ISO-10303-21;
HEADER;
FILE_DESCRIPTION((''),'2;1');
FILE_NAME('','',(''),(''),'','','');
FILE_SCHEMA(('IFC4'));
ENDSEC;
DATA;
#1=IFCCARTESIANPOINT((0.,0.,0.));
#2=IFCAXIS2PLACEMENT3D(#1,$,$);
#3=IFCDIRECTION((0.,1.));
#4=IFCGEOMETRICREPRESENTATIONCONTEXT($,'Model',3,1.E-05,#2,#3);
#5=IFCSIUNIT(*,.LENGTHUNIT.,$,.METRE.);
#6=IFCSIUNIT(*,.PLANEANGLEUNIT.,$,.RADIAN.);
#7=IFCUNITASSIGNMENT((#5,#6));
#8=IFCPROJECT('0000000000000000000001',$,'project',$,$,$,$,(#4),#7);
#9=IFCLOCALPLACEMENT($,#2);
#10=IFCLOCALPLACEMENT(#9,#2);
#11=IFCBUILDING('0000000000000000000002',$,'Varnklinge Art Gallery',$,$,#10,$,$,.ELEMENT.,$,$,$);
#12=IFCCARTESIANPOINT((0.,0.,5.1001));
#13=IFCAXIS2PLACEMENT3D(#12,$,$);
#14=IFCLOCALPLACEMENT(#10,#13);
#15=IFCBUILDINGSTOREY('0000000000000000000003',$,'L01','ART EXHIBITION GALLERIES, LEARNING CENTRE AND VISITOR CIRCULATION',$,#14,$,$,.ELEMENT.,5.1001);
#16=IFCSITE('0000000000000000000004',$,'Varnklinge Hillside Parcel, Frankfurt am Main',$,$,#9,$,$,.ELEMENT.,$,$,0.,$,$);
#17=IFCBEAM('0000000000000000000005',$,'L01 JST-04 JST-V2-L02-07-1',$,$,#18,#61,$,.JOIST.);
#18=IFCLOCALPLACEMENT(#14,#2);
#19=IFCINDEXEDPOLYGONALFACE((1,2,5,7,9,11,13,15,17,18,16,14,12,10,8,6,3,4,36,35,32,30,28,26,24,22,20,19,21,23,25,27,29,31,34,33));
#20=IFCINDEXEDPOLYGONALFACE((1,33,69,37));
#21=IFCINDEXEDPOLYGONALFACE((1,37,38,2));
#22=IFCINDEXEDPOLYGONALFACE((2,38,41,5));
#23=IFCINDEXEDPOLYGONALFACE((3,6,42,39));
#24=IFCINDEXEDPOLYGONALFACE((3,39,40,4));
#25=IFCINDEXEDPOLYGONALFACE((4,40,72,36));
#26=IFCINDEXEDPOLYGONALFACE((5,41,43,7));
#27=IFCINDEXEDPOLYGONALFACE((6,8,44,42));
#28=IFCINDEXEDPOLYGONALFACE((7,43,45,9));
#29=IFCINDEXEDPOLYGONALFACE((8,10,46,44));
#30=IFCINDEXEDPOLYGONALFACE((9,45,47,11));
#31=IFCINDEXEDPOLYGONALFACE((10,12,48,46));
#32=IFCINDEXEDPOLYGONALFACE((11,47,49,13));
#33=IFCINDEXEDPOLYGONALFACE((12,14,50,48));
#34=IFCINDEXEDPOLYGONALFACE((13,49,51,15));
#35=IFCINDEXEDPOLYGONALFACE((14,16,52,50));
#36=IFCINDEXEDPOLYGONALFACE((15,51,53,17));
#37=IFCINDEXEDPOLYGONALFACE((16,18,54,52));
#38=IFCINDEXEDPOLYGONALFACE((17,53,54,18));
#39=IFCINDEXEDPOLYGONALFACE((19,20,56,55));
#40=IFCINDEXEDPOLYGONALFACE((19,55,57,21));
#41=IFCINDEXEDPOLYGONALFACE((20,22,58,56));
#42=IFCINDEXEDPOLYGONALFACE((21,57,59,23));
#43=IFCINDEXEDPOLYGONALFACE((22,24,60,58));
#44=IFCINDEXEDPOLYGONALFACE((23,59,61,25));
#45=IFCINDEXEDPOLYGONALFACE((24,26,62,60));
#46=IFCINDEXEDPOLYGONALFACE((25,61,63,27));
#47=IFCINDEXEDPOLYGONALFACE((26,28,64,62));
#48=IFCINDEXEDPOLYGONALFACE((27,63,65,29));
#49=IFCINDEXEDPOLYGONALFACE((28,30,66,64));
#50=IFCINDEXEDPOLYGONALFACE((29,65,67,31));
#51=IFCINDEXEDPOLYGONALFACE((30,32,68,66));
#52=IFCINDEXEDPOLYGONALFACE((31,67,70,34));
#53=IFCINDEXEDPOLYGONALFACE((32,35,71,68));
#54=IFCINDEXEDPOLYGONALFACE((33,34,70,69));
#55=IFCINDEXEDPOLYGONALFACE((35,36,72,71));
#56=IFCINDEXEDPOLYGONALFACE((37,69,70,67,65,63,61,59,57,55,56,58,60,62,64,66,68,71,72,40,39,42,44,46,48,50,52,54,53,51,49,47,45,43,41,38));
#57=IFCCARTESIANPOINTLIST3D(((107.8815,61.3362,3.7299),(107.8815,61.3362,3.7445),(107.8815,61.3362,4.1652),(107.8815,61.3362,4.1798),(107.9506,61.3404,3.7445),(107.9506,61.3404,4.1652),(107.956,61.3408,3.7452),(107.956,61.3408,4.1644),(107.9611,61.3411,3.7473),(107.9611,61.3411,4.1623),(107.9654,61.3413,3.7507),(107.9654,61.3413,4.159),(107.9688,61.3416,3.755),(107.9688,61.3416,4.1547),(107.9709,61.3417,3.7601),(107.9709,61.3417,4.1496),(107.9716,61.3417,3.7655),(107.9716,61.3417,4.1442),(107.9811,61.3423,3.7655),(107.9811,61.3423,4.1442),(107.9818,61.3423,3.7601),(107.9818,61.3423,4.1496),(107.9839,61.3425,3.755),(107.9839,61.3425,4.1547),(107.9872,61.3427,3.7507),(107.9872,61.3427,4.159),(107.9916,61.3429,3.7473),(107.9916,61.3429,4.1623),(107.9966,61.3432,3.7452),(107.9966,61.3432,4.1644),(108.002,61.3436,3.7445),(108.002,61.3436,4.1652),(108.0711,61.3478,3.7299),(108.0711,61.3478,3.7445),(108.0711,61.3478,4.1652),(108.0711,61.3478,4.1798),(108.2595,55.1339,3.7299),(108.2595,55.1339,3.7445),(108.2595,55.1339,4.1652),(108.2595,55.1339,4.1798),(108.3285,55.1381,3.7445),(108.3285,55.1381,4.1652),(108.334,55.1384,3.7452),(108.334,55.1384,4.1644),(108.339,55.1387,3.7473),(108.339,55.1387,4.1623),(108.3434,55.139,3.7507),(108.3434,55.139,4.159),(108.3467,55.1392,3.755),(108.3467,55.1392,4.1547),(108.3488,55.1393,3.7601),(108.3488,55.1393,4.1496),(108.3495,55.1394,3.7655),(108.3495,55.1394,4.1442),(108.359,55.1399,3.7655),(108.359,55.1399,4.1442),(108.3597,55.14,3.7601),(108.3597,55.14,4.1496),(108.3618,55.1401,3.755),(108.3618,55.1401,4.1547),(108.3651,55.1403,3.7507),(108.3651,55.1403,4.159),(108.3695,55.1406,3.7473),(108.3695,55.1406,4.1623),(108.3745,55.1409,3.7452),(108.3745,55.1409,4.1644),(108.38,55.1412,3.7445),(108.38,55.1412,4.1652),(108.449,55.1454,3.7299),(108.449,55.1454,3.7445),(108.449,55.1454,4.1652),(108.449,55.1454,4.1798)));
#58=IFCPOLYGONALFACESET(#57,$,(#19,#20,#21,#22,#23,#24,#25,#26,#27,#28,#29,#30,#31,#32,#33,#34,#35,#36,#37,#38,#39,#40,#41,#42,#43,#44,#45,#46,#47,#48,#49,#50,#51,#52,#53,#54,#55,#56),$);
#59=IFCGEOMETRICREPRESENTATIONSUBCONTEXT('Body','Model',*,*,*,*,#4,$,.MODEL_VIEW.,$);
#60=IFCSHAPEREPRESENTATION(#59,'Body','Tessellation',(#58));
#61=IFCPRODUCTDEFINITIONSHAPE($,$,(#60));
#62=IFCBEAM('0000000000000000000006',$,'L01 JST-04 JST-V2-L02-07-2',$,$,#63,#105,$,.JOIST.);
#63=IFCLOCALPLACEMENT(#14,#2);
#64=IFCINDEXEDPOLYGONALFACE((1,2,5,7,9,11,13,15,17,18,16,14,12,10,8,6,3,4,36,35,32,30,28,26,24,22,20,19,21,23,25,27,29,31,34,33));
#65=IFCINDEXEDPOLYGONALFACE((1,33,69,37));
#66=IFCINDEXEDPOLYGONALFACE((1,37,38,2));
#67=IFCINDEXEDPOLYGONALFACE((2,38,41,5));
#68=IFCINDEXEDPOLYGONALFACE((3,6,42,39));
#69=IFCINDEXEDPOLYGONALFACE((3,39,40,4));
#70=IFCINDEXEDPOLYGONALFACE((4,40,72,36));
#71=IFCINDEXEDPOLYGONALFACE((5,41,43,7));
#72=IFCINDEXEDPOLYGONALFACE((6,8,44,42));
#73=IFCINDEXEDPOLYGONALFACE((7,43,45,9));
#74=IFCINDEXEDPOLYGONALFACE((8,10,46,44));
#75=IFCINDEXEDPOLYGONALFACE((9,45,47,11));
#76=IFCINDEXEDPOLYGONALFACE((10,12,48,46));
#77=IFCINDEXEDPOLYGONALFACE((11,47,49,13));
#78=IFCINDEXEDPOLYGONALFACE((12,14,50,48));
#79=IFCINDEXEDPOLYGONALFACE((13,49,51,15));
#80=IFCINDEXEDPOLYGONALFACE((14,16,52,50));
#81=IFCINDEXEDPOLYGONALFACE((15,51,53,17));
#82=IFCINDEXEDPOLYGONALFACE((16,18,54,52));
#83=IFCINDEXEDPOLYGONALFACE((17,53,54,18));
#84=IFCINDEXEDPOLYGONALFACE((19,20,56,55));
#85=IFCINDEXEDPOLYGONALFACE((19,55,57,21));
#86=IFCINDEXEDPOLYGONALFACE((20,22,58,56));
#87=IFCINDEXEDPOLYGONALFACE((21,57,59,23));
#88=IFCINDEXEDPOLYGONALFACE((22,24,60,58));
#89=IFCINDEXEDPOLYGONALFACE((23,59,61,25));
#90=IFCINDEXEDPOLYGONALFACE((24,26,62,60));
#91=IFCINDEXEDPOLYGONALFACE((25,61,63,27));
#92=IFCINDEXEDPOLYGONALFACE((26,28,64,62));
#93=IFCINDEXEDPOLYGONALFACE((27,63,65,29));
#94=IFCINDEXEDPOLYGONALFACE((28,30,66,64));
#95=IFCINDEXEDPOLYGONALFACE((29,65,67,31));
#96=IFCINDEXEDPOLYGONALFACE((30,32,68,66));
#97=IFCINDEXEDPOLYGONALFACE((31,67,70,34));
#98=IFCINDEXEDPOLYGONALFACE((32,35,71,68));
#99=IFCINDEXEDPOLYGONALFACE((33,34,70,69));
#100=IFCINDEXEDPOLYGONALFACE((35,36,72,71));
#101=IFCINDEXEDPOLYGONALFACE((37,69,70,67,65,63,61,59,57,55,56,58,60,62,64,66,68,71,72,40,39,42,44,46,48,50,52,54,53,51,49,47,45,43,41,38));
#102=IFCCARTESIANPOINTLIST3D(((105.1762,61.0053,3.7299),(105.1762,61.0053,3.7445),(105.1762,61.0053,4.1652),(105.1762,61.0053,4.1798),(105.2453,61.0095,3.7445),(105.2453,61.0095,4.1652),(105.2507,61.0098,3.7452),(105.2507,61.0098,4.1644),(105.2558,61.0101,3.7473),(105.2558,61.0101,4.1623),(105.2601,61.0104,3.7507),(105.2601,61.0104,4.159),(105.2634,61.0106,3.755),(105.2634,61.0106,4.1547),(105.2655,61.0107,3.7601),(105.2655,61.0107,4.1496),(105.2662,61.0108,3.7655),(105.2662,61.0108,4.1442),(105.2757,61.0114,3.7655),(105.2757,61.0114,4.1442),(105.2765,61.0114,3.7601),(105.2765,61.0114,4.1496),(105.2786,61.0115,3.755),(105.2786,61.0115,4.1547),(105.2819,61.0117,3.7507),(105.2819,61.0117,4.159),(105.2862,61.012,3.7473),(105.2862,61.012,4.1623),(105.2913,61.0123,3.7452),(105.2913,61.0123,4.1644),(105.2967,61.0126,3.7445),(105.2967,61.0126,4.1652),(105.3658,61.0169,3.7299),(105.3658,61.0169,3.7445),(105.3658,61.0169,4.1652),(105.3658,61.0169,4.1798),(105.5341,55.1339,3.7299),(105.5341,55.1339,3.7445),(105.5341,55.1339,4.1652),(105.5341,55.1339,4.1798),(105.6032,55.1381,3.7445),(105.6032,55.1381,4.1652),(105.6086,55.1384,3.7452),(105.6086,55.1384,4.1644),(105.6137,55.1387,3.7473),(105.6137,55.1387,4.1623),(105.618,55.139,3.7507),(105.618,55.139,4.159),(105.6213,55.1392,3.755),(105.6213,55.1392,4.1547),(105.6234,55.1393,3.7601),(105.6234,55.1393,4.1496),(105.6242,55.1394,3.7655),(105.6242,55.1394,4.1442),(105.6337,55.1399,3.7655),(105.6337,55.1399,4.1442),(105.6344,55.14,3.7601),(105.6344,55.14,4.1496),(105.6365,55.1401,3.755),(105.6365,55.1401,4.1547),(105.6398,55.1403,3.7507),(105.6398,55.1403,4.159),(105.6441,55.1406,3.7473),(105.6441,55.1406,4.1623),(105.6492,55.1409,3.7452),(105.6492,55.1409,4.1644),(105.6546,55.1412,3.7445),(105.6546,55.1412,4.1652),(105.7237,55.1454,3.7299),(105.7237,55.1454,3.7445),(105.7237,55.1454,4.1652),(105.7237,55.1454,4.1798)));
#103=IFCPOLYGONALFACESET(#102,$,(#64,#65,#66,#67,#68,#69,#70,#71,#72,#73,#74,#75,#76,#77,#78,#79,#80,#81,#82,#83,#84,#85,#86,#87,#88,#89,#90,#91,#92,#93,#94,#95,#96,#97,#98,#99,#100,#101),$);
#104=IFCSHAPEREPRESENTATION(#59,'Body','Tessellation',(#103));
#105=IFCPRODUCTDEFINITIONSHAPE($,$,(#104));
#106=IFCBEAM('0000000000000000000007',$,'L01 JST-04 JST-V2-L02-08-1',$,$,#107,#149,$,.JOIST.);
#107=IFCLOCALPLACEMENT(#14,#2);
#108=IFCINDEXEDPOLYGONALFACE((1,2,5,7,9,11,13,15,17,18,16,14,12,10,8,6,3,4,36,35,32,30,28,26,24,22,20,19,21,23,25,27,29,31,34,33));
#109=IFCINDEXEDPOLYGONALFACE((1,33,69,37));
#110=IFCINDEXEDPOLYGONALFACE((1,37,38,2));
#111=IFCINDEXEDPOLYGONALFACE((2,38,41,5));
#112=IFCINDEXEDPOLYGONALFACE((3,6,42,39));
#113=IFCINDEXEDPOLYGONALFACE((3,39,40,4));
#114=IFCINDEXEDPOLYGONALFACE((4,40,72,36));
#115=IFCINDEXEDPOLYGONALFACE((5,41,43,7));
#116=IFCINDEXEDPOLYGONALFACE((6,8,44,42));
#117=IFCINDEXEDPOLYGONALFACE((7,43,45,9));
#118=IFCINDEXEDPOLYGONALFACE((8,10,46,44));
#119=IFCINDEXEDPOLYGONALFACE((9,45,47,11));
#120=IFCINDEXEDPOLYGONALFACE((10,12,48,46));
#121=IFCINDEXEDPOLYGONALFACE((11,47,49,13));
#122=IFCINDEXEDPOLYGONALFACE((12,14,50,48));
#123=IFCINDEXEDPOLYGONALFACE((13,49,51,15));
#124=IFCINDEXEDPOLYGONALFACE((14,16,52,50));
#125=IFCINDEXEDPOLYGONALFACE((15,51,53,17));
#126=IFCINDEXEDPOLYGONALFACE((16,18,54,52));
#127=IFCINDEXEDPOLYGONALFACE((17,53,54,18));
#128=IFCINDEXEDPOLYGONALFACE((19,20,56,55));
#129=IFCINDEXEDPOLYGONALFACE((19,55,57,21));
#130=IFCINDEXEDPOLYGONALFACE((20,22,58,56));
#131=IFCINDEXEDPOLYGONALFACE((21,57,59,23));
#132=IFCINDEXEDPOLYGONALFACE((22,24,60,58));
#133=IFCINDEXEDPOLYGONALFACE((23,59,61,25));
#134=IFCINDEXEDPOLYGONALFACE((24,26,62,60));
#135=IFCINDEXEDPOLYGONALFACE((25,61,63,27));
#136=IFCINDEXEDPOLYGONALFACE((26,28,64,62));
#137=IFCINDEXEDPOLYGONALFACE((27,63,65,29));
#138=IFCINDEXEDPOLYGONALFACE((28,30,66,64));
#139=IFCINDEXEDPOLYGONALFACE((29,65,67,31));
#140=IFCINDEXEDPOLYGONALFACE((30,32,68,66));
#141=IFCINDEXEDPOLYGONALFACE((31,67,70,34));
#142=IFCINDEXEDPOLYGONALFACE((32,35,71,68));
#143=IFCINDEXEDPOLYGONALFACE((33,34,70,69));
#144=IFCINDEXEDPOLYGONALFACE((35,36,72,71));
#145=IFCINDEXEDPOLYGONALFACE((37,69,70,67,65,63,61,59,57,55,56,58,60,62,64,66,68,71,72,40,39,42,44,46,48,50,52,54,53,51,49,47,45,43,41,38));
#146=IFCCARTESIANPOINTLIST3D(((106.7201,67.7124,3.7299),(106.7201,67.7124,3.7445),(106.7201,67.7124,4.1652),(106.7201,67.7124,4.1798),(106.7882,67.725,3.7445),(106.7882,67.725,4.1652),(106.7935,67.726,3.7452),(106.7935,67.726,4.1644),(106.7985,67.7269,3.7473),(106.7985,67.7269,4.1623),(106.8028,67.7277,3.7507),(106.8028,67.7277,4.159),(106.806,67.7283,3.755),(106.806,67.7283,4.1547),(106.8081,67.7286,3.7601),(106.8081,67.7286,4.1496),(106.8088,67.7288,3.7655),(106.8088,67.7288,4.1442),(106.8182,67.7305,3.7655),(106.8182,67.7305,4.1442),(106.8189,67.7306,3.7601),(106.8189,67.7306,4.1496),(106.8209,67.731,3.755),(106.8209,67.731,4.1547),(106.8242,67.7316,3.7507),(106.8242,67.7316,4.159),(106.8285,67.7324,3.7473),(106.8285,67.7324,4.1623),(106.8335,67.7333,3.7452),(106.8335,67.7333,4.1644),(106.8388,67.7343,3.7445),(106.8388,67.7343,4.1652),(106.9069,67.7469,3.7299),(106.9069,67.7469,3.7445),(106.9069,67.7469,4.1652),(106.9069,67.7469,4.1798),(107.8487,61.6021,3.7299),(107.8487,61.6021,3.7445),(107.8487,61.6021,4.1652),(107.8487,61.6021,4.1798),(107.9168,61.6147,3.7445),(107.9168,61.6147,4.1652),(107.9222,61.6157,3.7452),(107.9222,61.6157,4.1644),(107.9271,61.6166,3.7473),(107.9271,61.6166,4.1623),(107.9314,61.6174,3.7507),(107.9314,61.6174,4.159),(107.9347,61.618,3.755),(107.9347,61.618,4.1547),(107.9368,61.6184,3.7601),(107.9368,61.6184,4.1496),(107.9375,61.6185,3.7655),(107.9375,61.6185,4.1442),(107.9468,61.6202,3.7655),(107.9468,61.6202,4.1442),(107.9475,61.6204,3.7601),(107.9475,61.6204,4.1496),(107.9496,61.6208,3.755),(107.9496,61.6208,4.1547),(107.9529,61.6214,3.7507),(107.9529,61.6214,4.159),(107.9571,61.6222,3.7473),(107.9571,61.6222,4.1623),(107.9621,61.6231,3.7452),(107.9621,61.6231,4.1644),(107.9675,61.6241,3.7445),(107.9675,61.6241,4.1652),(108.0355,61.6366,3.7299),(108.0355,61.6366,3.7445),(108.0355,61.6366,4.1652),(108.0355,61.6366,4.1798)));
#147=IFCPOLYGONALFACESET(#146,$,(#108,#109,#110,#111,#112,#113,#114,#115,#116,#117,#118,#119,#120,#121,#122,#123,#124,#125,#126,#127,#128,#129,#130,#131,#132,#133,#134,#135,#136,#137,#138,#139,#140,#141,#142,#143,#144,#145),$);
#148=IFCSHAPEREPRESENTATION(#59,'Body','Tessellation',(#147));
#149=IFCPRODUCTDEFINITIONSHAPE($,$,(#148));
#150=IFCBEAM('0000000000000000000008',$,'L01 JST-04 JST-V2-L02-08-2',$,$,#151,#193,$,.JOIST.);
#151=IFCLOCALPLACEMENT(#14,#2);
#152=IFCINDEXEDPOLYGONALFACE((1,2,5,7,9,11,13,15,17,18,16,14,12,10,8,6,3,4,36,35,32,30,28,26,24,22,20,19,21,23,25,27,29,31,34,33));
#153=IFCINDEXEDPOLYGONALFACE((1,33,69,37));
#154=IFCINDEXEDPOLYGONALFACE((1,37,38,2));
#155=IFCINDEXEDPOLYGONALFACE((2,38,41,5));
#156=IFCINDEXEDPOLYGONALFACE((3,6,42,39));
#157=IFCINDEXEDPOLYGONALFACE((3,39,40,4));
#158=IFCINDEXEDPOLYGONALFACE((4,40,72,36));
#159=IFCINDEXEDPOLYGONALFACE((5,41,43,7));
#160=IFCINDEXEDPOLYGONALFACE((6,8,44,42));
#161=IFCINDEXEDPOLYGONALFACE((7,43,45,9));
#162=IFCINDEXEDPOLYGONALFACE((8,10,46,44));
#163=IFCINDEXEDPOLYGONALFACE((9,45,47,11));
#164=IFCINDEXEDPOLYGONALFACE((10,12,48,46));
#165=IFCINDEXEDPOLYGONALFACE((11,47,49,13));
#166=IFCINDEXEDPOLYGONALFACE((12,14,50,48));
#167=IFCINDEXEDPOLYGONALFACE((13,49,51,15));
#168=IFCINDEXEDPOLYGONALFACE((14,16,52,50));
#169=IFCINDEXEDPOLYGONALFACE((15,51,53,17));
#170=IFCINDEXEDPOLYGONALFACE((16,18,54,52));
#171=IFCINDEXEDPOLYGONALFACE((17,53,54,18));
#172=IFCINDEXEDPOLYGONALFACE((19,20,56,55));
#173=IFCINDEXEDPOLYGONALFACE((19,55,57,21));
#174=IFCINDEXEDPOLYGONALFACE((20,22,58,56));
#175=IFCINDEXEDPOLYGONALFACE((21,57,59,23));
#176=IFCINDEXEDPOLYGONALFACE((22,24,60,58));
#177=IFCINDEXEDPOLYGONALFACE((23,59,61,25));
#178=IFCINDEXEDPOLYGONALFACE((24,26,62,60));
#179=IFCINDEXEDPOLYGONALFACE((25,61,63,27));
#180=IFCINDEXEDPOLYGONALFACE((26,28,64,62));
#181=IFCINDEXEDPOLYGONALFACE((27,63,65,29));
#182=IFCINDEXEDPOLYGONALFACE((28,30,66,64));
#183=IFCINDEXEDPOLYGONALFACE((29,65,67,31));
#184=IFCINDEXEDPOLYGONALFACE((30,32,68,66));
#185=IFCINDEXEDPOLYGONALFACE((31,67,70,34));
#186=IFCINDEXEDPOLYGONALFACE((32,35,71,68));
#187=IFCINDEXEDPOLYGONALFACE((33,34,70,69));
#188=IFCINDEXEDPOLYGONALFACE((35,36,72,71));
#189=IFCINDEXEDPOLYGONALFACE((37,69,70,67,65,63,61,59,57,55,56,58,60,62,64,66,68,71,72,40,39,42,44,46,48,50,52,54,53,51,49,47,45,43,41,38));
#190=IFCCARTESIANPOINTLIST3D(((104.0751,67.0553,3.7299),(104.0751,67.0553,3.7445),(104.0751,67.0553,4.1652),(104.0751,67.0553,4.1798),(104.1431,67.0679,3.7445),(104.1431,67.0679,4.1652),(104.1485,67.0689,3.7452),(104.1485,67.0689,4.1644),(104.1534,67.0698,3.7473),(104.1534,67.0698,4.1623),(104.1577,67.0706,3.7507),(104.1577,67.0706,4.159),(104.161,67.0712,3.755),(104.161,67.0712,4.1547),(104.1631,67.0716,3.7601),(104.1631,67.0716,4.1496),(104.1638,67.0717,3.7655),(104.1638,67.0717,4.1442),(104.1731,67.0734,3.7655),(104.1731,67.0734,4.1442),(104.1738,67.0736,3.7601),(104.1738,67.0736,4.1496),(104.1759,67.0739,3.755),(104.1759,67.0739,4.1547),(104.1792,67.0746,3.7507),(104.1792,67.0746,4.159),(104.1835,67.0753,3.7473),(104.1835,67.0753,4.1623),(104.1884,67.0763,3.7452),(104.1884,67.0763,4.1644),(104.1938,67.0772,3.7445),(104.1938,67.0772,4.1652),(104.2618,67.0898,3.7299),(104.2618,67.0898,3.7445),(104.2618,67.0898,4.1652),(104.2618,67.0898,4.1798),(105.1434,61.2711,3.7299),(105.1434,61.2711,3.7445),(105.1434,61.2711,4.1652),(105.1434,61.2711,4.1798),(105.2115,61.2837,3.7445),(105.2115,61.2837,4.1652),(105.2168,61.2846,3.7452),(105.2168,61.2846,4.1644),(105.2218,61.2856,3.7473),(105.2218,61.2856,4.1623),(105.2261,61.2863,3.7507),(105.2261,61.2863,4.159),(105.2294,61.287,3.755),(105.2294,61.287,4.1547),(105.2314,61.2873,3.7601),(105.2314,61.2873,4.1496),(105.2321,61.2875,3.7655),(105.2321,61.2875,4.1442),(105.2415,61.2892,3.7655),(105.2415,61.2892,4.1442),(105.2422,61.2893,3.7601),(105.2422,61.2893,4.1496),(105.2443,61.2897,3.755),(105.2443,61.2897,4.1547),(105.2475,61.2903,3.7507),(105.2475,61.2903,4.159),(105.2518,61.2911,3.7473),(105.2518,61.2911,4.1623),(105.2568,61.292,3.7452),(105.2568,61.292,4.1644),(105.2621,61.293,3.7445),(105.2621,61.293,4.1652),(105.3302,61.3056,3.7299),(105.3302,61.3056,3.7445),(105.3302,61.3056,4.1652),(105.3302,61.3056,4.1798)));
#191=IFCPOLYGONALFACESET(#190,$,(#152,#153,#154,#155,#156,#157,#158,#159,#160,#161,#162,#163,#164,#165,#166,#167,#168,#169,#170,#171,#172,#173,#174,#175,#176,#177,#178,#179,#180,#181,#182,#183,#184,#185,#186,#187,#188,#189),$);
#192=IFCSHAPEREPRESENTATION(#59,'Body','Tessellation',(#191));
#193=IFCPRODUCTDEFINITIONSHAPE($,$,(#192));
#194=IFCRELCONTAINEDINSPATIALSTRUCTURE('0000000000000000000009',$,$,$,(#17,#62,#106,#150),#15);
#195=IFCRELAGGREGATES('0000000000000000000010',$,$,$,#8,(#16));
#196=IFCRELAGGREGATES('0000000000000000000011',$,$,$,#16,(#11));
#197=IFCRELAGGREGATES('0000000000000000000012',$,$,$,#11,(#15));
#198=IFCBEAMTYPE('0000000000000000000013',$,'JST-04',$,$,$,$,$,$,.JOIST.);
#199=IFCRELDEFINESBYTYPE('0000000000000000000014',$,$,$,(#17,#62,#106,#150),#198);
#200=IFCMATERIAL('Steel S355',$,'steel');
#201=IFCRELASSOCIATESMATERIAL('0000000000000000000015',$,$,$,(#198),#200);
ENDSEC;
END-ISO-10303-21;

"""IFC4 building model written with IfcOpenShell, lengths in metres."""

from ifc_helpers import new_model, si_unit, direction, frame, origin, origin_2d, place, context, subcontext, project, spatial, i_section, extrude, material, material_profile, profile_set, type_object, element, save


model = new_model("IFC4")

# Units and contexts
model_context = context("Model", 3, precision=1e-05, world=origin(), true_north=direction((0.0, 1.0)))
body_context = subcontext(model_context, "Body", "Model", "MODEL_VIEW")
ifc_project = project(units=[si_unit("LENGTHUNIT", "METRE"), si_unit("PLANEANGLEUNIT", "RADIAN")], contexts=[model_context])

# Site, building, storey
site_placement = place(None, origin())
site = spatial("IfcSite", under=ifc_project, at=site_placement, Name="Varnklinge Hillside Parcel, Frankfurt am Main", CompositionType="ELEMENT", RefElevation=0.0)
building_placement = place(site_placement, origin())
building = spatial("IfcBuilding", under=site, at=building_placement, Name="Varnklinge Art Gallery", CompositionType="ELEMENT")
storey_placement = place(building_placement, frame((0.0, 0.0, 5.1001)))
storey = spatial("IfcBuildingStorey", under=building, at=storey_placement, Name="L01", Description="ART EXHIBITION GALLERIES, LEARNING CENTRE AND VISITOR CIRCULATION", CompositionType="ELEMENT", Elevation=5.1001)

# Beams
ifc_material_1 = material(Name="Steel S355", Category="steel")
ifc_material_profile_1 = material_profile(ifc_material_1, i_section(OverallWidth=0.1899, OverallDepth=0.45, WebThickness=0.0095, FlangeThickness=0.0146, FilletRadius=0.021, at=origin_2d()), Name="IPE 450")
ifc_profile_set_1 = profile_set([ifc_material_profile_1], Name="Steel S355")
beam_type_1 = type_object("IfcBeamType", Name="JST-04", PredefinedType="JOIST", material=ifc_profile_set_1)
beam_1_placement = place(storey_placement, frame((108.3542, 55.1396, 3.9548), z_axis=(-0.06082, 0.998149, 0.0), x_axis=(-0.998149, -0.06082, 0.0)))
element("IfcBeam", 1, at=beam_1_placement, inside=storey, type_object=beam_type_1, Name="L01 JST-04 JST-V2-L02-07-1", PredefinedType="JOIST", context=body_context, shape_type="SweptSolid", body=[
    extrude(i_section(OverallWidth=0.1899, OverallDepth=0.45, WebThickness=0.0095, FlangeThickness=0.0146, FilletRadius=0.021, at=origin_2d()), origin(), (0.0, 0.0, 1.0), 6.2139),
])
beam_2_placement = place(storey_placement, frame((105.6289, 55.1396, 3.9548), z_axis=(-0.060846, 0.998147, 0.0), x_axis=(-0.998147, -0.060846, 0.0)))
element("IfcBeam", 2, at=beam_2_placement, inside=storey, type_object=beam_type_1, Name="L01 JST-04 JST-V2-L02-07-2", PredefinedType="JOIST", context=body_context, shape_type="SweptSolid", body=[
    extrude(i_section(OverallWidth=0.1899, OverallDepth=0.45, WebThickness=0.0095, FlangeThickness=0.0146, FilletRadius=0.021, at=origin_2d()), origin(), (0.0, 0.0, 1.0), 5.8823),
])
beam_3_placement = place(storey_placement, frame((107.9421, 61.6194, 3.9548), z_axis=(-0.18164, 0.983365, 0.0), x_axis=(-0.983365, -0.18164, 0.0)))
element("IfcBeam", 3, at=beam_3_placement, inside=storey, type_object=beam_type_1, Name="L01 JST-04 JST-V2-L02-08-1", PredefinedType="JOIST", context=body_context, shape_type="SweptSolid", body=[
    extrude(i_section(OverallWidth=0.1899, OverallDepth=0.45, WebThickness=0.0095, FlangeThickness=0.0146, FilletRadius=0.021, at=origin_2d()), origin(), (0.0, 0.0, 1.0), 6.2136),
])
beam_4_placement = place(storey_placement, frame((105.2368, 61.2883, 3.9548), z_axis=(-0.181631, 0.983367, 0.0), x_axis=(-0.983367, -0.181631, 0.0)))
element("IfcBeam", 4, at=beam_4_placement, inside=storey, type_object=beam_type_1, Name="L01 JST-04 JST-V2-L02-08-2", PredefinedType="JOIST", context=body_context, shape_type="SweptSolid", body=[
    extrude(i_section(OverallWidth=0.1899, OverallDepth=0.45, WebThickness=0.0095, FlangeThickness=0.0146, FilletRadius=0.021, at=origin_2d()), origin(), (0.0, 0.0, 1.0), 5.8821),
])

save(model, "model.ifc")
